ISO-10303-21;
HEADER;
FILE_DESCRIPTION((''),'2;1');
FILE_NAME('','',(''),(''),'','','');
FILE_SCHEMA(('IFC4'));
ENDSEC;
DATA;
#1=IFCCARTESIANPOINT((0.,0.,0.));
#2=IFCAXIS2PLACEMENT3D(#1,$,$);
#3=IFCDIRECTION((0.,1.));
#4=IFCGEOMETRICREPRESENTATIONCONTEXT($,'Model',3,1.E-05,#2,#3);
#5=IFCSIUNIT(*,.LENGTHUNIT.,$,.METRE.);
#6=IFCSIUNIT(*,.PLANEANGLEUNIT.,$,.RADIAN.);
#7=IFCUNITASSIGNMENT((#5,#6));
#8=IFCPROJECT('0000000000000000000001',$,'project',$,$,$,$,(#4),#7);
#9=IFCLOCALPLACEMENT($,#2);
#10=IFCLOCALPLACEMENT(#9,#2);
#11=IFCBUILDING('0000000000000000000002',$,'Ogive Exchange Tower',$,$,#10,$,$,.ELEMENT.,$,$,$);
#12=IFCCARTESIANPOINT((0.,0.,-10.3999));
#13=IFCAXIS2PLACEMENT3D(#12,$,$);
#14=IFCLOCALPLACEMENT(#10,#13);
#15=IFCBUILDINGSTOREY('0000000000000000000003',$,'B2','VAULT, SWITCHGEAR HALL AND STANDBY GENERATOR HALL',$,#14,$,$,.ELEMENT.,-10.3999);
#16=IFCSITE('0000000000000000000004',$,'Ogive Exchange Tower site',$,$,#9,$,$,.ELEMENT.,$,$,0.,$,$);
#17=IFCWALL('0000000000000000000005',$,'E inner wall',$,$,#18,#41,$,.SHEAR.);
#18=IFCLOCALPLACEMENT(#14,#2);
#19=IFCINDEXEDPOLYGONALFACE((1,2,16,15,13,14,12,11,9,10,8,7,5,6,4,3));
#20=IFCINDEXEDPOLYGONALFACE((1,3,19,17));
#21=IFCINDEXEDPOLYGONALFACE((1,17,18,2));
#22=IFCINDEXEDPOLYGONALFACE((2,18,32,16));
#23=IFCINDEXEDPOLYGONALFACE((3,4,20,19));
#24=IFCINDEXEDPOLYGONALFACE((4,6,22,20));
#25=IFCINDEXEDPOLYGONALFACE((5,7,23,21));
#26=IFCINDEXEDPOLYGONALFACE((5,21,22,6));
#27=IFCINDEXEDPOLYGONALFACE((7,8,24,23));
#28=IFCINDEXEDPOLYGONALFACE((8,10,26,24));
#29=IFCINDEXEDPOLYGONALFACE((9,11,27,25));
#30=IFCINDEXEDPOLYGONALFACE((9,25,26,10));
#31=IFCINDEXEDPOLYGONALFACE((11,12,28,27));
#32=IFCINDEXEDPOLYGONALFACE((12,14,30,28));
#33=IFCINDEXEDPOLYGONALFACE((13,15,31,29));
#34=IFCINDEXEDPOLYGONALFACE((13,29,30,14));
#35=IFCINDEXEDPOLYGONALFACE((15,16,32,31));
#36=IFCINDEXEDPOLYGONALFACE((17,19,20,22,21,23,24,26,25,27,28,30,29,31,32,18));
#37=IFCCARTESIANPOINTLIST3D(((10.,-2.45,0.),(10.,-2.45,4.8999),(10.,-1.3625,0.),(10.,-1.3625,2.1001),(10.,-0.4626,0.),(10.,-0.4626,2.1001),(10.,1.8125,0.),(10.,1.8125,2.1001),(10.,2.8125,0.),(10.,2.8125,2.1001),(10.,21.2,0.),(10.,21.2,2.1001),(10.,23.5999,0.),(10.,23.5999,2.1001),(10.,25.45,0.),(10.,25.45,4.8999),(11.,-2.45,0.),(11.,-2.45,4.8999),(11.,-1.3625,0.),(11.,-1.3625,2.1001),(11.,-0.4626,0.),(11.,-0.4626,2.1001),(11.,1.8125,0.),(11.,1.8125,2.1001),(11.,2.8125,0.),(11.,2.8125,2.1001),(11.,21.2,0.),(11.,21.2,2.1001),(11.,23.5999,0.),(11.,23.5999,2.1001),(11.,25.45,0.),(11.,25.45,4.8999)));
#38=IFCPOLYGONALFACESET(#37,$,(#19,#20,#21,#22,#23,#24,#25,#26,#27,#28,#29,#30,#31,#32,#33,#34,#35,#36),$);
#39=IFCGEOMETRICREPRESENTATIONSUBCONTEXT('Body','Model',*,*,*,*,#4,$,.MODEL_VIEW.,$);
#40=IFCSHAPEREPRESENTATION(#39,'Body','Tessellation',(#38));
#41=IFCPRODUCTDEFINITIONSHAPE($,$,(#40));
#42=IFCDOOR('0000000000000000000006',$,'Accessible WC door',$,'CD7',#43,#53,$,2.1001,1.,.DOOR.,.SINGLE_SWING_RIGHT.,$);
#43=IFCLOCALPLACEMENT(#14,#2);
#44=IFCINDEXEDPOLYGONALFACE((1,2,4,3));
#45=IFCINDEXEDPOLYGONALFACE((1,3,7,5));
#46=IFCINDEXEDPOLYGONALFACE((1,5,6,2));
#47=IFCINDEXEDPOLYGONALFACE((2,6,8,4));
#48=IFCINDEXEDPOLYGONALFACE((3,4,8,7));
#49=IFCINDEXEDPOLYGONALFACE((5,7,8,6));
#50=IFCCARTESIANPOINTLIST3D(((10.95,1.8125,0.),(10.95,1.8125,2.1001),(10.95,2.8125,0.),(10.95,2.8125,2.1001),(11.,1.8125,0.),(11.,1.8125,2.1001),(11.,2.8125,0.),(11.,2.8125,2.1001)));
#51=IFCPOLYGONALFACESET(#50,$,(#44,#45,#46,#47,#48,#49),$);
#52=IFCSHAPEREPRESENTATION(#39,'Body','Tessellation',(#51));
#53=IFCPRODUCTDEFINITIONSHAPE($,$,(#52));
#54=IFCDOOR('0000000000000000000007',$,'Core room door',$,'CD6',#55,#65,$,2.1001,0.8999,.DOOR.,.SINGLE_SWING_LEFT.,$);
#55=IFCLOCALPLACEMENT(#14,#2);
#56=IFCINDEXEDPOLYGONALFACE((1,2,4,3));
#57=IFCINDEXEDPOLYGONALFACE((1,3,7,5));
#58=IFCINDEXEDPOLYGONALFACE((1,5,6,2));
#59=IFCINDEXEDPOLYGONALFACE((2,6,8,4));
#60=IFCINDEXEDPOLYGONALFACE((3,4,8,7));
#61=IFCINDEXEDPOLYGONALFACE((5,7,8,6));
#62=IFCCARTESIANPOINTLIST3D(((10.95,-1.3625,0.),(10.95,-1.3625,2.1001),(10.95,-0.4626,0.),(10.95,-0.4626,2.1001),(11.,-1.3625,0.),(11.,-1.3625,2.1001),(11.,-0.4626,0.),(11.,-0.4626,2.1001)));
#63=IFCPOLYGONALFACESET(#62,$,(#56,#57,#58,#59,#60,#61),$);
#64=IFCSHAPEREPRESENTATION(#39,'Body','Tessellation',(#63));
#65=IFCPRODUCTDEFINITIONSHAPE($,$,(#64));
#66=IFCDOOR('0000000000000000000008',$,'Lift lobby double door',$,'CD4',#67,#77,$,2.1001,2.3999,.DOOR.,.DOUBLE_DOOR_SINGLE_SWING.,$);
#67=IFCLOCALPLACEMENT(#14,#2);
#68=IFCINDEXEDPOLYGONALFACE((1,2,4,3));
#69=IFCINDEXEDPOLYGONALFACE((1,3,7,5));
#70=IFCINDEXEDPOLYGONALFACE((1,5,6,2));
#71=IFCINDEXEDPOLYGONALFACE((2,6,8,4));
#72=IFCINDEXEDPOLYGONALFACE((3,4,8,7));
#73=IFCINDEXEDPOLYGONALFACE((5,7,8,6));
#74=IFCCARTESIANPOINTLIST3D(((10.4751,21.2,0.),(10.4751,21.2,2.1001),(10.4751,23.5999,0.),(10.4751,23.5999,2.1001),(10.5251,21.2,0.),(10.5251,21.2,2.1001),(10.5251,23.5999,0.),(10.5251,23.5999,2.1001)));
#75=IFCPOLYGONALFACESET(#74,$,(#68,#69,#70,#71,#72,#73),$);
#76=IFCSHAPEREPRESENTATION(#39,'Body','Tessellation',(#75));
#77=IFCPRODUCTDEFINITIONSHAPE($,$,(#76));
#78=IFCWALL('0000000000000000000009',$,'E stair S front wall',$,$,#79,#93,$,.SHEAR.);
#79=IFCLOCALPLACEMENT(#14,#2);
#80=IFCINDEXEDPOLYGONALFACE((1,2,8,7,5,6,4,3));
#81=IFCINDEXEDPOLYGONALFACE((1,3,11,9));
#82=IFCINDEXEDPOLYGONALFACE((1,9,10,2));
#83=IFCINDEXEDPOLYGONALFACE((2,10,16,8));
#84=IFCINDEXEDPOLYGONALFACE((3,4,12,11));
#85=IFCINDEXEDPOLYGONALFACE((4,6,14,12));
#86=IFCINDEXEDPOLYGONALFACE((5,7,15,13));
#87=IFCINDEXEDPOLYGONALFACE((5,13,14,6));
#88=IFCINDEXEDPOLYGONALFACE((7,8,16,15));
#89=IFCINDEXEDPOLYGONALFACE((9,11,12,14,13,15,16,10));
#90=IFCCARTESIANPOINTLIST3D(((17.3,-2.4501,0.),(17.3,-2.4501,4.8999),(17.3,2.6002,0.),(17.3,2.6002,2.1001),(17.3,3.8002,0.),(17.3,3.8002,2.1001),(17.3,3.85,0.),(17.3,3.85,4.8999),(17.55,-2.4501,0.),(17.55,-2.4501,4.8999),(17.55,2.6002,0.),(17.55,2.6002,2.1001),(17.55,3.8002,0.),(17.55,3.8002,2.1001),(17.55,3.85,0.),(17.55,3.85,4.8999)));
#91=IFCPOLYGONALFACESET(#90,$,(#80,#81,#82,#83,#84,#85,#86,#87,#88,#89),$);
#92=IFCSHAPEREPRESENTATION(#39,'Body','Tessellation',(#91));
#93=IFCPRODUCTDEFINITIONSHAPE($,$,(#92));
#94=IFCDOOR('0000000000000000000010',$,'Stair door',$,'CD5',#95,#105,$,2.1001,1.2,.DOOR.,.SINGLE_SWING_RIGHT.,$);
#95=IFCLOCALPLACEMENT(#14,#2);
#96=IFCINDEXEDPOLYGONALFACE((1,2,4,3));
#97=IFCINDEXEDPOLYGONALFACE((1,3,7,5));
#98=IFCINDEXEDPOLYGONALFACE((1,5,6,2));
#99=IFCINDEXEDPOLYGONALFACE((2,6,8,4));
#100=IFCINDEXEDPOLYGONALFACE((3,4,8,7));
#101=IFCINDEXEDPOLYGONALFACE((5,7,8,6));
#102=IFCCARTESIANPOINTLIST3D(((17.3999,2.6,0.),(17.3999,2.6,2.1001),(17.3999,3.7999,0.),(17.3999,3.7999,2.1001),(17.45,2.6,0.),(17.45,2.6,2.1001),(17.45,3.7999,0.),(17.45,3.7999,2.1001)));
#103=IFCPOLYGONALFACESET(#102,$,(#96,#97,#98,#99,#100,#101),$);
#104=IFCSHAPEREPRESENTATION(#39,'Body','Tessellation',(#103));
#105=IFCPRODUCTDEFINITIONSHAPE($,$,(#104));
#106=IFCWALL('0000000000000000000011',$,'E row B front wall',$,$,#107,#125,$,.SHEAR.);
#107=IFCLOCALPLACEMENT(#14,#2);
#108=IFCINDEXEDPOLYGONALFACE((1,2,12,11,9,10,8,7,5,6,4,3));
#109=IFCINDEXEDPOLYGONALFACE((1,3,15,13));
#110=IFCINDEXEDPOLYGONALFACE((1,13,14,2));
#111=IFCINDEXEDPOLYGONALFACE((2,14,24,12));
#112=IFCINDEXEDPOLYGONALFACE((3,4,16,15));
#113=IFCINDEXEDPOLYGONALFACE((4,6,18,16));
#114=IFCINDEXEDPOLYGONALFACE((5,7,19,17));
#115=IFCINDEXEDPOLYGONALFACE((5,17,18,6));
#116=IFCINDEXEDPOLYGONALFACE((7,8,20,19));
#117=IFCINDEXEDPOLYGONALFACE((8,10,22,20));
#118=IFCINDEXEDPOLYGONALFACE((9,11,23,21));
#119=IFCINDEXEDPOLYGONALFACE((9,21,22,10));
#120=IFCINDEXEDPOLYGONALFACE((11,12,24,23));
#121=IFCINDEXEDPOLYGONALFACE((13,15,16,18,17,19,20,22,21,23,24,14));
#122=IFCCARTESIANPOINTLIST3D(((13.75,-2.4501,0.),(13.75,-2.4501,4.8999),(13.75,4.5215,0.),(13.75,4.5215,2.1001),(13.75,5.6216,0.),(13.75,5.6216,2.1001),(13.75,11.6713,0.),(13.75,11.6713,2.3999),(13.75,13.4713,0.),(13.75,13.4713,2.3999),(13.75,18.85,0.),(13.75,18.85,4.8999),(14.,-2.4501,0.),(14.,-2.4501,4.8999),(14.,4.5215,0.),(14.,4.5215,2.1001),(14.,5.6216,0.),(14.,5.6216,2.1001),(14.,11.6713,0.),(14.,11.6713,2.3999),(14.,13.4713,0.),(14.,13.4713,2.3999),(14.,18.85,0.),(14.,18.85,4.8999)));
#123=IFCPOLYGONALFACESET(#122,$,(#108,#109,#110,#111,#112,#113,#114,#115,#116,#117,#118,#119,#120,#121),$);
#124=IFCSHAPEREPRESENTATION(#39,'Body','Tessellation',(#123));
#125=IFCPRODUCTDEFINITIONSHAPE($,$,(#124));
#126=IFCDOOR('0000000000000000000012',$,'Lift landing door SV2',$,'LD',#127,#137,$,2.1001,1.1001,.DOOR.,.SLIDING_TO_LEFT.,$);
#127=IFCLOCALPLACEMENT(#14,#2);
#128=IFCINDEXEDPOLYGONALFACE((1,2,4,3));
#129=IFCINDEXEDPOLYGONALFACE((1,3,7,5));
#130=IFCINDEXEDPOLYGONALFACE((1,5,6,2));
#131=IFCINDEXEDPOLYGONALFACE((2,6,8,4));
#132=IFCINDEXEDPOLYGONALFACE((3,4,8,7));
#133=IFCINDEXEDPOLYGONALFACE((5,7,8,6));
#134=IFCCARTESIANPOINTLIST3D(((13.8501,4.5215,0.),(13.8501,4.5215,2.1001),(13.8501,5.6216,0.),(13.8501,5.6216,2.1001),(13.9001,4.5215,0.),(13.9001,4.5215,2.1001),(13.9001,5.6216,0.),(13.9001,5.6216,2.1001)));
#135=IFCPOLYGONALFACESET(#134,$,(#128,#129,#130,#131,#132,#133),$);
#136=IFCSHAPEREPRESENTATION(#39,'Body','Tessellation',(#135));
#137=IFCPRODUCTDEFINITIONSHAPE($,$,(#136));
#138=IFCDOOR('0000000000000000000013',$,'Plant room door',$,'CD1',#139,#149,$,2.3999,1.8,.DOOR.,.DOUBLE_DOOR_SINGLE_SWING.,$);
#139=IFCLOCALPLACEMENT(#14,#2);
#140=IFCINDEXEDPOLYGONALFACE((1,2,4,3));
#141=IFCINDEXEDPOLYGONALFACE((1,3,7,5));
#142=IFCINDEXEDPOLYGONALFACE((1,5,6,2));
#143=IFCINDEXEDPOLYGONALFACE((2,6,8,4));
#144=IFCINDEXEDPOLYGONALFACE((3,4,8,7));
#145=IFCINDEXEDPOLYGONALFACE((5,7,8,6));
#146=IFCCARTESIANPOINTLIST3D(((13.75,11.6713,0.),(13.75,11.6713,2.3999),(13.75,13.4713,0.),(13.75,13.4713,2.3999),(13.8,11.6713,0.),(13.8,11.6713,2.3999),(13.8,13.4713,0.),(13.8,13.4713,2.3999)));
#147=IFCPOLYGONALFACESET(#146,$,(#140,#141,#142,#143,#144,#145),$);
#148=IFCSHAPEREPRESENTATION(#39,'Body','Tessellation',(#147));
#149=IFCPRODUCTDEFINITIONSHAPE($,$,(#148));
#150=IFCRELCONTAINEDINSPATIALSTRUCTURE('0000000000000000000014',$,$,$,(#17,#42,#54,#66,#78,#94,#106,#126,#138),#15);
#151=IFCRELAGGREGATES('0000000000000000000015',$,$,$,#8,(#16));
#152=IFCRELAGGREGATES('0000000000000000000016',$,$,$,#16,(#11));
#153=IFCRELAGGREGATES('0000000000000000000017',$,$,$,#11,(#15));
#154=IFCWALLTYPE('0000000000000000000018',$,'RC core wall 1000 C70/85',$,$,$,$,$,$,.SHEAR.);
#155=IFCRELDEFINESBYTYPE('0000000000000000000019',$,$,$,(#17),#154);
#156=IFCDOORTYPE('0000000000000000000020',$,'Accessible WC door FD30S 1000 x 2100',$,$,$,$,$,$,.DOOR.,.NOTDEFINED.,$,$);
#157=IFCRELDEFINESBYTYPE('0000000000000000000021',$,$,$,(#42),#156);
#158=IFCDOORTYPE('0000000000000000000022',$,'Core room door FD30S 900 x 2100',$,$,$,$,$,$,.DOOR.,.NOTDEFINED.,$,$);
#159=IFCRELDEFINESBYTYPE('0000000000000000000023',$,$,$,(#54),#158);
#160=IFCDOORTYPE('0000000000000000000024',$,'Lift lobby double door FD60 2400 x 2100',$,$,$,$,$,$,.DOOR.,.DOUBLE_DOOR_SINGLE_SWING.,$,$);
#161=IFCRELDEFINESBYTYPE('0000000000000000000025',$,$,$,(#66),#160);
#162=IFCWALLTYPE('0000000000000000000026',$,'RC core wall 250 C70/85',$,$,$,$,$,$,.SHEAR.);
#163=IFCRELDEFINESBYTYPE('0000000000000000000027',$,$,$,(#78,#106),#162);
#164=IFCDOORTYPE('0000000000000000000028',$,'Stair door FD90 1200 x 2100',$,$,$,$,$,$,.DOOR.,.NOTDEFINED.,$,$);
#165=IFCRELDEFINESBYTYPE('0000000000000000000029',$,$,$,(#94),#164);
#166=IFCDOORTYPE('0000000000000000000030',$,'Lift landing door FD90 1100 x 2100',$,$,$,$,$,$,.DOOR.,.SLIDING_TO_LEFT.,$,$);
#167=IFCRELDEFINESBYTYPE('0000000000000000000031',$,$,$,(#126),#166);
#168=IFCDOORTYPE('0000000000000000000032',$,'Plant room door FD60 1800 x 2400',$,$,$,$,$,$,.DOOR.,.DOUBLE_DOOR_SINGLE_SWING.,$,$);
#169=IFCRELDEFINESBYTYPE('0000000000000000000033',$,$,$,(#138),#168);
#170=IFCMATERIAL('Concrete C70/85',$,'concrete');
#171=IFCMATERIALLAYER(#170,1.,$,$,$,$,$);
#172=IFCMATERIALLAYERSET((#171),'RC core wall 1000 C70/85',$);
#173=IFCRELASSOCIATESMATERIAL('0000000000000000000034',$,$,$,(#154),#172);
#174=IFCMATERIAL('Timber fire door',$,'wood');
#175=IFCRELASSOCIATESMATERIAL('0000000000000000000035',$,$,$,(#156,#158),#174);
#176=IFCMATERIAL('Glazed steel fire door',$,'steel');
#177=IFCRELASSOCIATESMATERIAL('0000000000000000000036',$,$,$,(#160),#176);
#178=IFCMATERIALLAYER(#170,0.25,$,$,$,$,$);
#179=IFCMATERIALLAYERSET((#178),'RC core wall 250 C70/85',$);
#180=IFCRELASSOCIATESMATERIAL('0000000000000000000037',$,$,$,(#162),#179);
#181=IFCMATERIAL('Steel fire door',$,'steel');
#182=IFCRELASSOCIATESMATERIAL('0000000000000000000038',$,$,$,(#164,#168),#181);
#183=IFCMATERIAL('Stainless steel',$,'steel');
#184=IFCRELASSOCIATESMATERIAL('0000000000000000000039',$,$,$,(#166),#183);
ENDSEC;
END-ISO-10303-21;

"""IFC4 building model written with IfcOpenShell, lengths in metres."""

from ifc_helpers import new_model, si_unit, direction, frame, frame_2d, origin, place, context, subcontext, project, spatial, rectangle, extrude, material, layer, layer_set, type_object, element, fill, save


model = new_model("IFC4")

# Units and contexts
model_context = context("Model", 3, precision=1e-05, world=origin(), true_north=direction((0.0, 1.0)))
body_context = subcontext(model_context, "Body", "Model", "MODEL_VIEW")
ifc_project = project(units=[si_unit("LENGTHUNIT", "METRE"), si_unit("PLANEANGLEUNIT", "RADIAN")], contexts=[model_context])

# Site, building, storey
site_placement = place(None, origin())
site = spatial("IfcSite", under=ifc_project, at=site_placement, Name="Ogive Exchange Tower site", CompositionType="ELEMENT", RefElevation=0.0)
building_placement = place(site_placement, origin())
building = spatial("IfcBuilding", under=site, at=building_placement, Name="Ogive Exchange Tower", CompositionType="ELEMENT")
storey_placement = place(building_placement, frame((0.0, 0.0, -10.3999)))
storey = spatial("IfcBuildingStorey", under=building, at=storey_placement, Name="B2", Description="VAULT, SWITCHGEAR HALL AND STANDBY GENERATOR HALL", CompositionType="ELEMENT", Elevation=-10.3999)

# Wall, openings, doors
ifc_material_1 = material(Name="Concrete C70/85", Category="concrete")
ifc_layer_1 = layer(ifc_material_1, 1.0)
ifc_layer_set_1 = layer_set([ifc_layer_1], Name="RC core wall 1000 C70/85")
wall_type_1 = type_object("IfcWallType", Name="RC core wall 1000 C70/85", PredefinedType="SHEAR", material=ifc_layer_set_1)
wall_1_placement = place(storey_placement, frame((10.5, -2.45, 0.0), z_axis=(0.0, 0.0, 1.0), x_axis=(0.0, 1.0, 0.0)))
wall_1 = element("IfcWall", 1, at=wall_1_placement, inside=storey, type_object=wall_type_1, Name="E inner wall", PredefinedType="SHEAR", context=body_context, shape_type="SweptSolid", body=[
    extrude(rectangle(XDim=27.8999, YDim=1.0, at=frame_2d((13.95, 0.0))), origin(), (0.0, 0.0, 1.0), 4.8999),
])
opening_1_placement = place(wall_1_placement, frame((23.6499, 0.0, 0.0)))
opening_1 = element("IfcOpeningElement", 2, at=opening_1_placement, cuts=wall_1, PredefinedType="OPENING", context=body_context, shape_type="SweptSolid", body=[
    extrude(rectangle(XDim=2.3999, YDim=2.1001, at=frame_2d((1.2, 1.05))), frame((0.0, 0.51, 0.0), z_axis=(0.0, -1.0, 0.0), x_axis=(1.0, 0.0, 0.0)), (0.0, 0.0, 1.0), 1.02),
])
opening_2_placement = place(wall_1_placement, frame((1.0874, 0.0, 0.0)))
opening_2 = element("IfcOpeningElement", 3, at=opening_2_placement, cuts=wall_1, PredefinedType="OPENING", context=body_context, shape_type="SweptSolid", body=[
    extrude(rectangle(XDim=0.8999, YDim=2.1001, at=frame_2d((0.45, 1.05))), frame((0.0, 0.51, 0.0), z_axis=(0.0, -1.0, 0.0), x_axis=(1.0, 0.0, 0.0)), (0.0, 0.0, 1.0), 1.02),
])
opening_3_placement = place(wall_1_placement, frame((4.2625, 0.0, 0.0)))
opening_3 = element("IfcOpeningElement", 4, at=opening_3_placement, cuts=wall_1, PredefinedType="OPENING", context=body_context, shape_type="SweptSolid", body=[
    extrude(rectangle(XDim=1.0, YDim=2.1001, at=frame_2d((0.5, 1.05))), frame((0.0, 0.51, 0.0), z_axis=(0.0, -1.0, 0.0), x_axis=(1.0, 0.0, 0.0)), (0.0, 0.0, 1.0), 1.02),
])
ifc_material_2 = material(Name="Timber fire door", Category="wood")
door_type_1 = type_object("IfcDoorType", Name="Accessible WC door FD30S 1000 x 2100", OperationType="NOTDEFINED", PredefinedType="DOOR", material=ifc_material_2)
door_1_placement = place(opening_3_placement, frame((1.0, -0.9502, 0.0), z_axis=(0.0, 0.0, 1.0), x_axis=(-1.0, 0.0, 0.0)))
door_1 = element("IfcDoor", 5, at=door_1_placement, inside=storey, type_object=door_type_1, Name="Accessible WC door", ObjectType="CD7", OperationType="SINGLE_SWING_RIGHT", OverallHeight=2.1001, OverallWidth=1.0, PredefinedType="DOOR", context=body_context, shape_type="SweptSolid", body=[
    extrude(rectangle(XDim=1.0, YDim=2.1001, at=frame_2d((0.5, 1.05))), frame((0.0, -0.4502, 0.0), z_axis=(0.0, -1.0, 0.0), x_axis=(1.0, 0.0, 0.0)), (0.0, 0.0, 1.0), 0.05),
])
fill(opening_3, door_1)
door_type_2 = type_object("IfcDoorType", Name="Core room door FD30S 900 x 2100", OperationType="NOTDEFINED", PredefinedType="DOOR", material=ifc_material_2)
door_2_placement = place(opening_2_placement, frame((0.8999, -0.9502, 0.0), z_axis=(0.0, 0.0, 1.0), x_axis=(-1.0, 0.0, 0.0)))
door_2 = element("IfcDoor", 6, at=door_2_placement, inside=storey, type_object=door_type_2, Name="Core room door", ObjectType="CD6", OperationType="SINGLE_SWING_LEFT", OverallHeight=2.1001, OverallWidth=0.8999, PredefinedType="DOOR", context=body_context, shape_type="SweptSolid", body=[
    extrude(rectangle(XDim=0.8999, YDim=2.1001, at=frame_2d((0.45, 1.05))), frame((0.0, -0.4502, 0.0), z_axis=(0.0, -1.0, 0.0), x_axis=(1.0, 0.0, 0.0)), (0.0, 0.0, 1.0), 0.05),
])
fill(opening_2, door_2)
ifc_material_3 = material(Name="Glazed steel fire door", Category="steel")
door_type_3 = type_object("IfcDoorType", Name="Lift lobby double door FD60 2400 x 2100", OperationType="DOUBLE_DOOR_SINGLE_SWING", PredefinedType="DOOR", material=ifc_material_3)
door_3_placement = place(opening_1_placement, origin())
door_3 = element("IfcDoor", 7, at=door_3_placement, inside=storey, type_object=door_type_3, Name="Lift lobby double door", ObjectType="CD4", OperationType="DOUBLE_DOOR_SINGLE_SWING", OverallHeight=2.1001, OverallWidth=2.3999, PredefinedType="DOOR", context=body_context, shape_type="SweptSolid", body=[
    extrude(rectangle(XDim=2.3999, YDim=2.1001, at=frame_2d((1.2, 1.05))), frame((0.0, 0.0249, 0.0), z_axis=(0.0, -1.0, 0.0), x_axis=(1.0, 0.0, 0.0)), (0.0, 0.0, 1.0), 0.05),
])
fill(opening_1, door_3)

# Wall, opening, door
ifc_layer_2 = layer(ifc_material_1, 0.25)
ifc_layer_set_2 = layer_set([ifc_layer_2], Name="RC core wall 250 C70/85")
wall_type_2 = type_object("IfcWallType", Name="RC core wall 250 C70/85", PredefinedType="SHEAR", material=ifc_layer_set_2)
wall_2_placement = place(storey_placement, frame((17.425, -2.45, 0.0), z_axis=(0.0, 0.0, 1.0), x_axis=(0.0, 1.0, 0.0)))
wall_2 = element("IfcWall", 8, at=wall_2_placement, inside=storey, type_object=wall_type_2, Name="E stair S front wall", PredefinedType="SHEAR", context=body_context, shape_type="SweptSolid", body=[
    extrude(rectangle(XDim=6.3, YDim=0.25, at=frame_2d((3.1499, 0.0))), origin(), (0.0, 0.0, 1.0), 4.8999),
])
opening_4_placement = place(wall_2_placement, frame((5.05, 0.0, 0.0)))
opening_4 = element("IfcOpeningElement", 9, at=opening_4_placement, cuts=wall_2, PredefinedType="OPENING", context=body_context, shape_type="SweptSolid", body=[
    extrude(rectangle(XDim=1.2, YDim=2.1001, at=frame_2d((0.6001, 1.05))), frame((0.0, 0.135, 0.0), z_axis=(0.0, -1.0, 0.0), x_axis=(1.0, 0.0, 0.0)), (0.0, 0.0, 1.0), 0.27),
])
ifc_material_4 = material(Name="Steel fire door", Category="steel")
door_type_4 = type_object("IfcDoorType", Name="Stair door FD90 1200 x 2100", OperationType="NOTDEFINED", PredefinedType="DOOR", material=ifc_material_4)
door_4_placement = place(opening_4_placement, frame((1.2, 0.0, 0.0), z_axis=(0.0, 0.0, 1.0), x_axis=(-1.0, 0.0, 0.0)))
door_4 = element("IfcDoor", 10, at=door_4_placement, inside=storey, type_object=door_type_4, Name="Stair door", ObjectType="CD5", OperationType="SINGLE_SWING_RIGHT", OverallHeight=2.1001, OverallWidth=1.2, PredefinedType="DOOR", context=body_context, shape_type="SweptSolid", body=[
    extrude(rectangle(XDim=1.2, YDim=2.1001, at=frame_2d((0.6001, 1.05))), frame((0.0, 0.0249, 0.0), z_axis=(0.0, -1.0, 0.0), x_axis=(1.0, 0.0, 0.0)), (0.0, 0.0, 1.0), 0.05),
])
fill(opening_4, door_4)

# Wall, openings, doors
wall_3_placement = place(storey_placement, frame((13.875, -2.45, 0.0), z_axis=(0.0, 0.0, 1.0), x_axis=(0.0, 1.0, 0.0)))
wall_3 = element("IfcWall", 11, at=wall_3_placement, inside=storey, type_object=wall_type_2, Name="E row B front wall", PredefinedType="SHEAR", context=body_context, shape_type="SweptSolid", body=[
    extrude(rectangle(XDim=21.3, YDim=0.25, at=frame_2d((10.6499, 0.0))), origin(), (0.0, 0.0, 1.0), 4.8999),
])
opening_5_placement = place(wall_3_placement, frame((14.1213, 0.0, 0.0)))
opening_5 = element("IfcOpeningElement", 12, at=opening_5_placement, cuts=wall_3, PredefinedType="OPENING", context=body_context, shape_type="SweptSolid", body=[
    extrude(rectangle(XDim=1.8, YDim=2.3999, at=frame_2d((0.8999, 1.2))), frame((0.0, 0.135, 0.0), z_axis=(0.0, -1.0, 0.0), x_axis=(1.0, 0.0, 0.0)), (0.0, 0.0, 1.0), 0.27),
])
opening_6_placement = place(wall_3_placement, frame((6.9714, 0.0, 0.0)))
opening_6 = element("IfcOpeningElement", 13, at=opening_6_placement, cuts=wall_3, PredefinedType="OPENING", context=body_context, shape_type="SweptSolid", body=[
    extrude(rectangle(XDim=1.1001, YDim=2.1001, at=frame_2d((0.55, 1.05))), frame((0.0, 0.135, 0.0), z_axis=(0.0, -1.0, 0.0), x_axis=(1.0, 0.0, 0.0)), (0.0, 0.0, 1.0), 0.27),
])
ifc_material_5 = material(Name="Stainless steel", Category="steel")
door_type_5 = type_object("IfcDoorType", Name="Lift landing door FD90 1100 x 2100", OperationType="SLIDING_TO_LEFT", PredefinedType="DOOR", material=ifc_material_5)
door_5_placement = place(opening_6_placement, origin())
door_5 = element("IfcDoor", 14, at=door_5_placement, inside=storey, type_object=door_type_5, Name="Lift landing door SV2", ObjectType="LD", OperationType="SLIDING_TO_LEFT", OverallHeight=2.1001, OverallWidth=1.1001, PredefinedType="DOOR", context=body_context, shape_type="SweptSolid", body=[
    extrude(rectangle(XDim=1.1001, YDim=2.1001, at=frame_2d((0.55, 1.05))), frame((0.0, 0.0249, 0.0), z_axis=(0.0, -1.0, 0.0), x_axis=(1.0, 0.0, 0.0)), (0.0, 0.0, 1.0), 0.05),
])
fill(opening_6, door_5)
door_type_6 = type_object("IfcDoorType", Name="Plant room door FD60 1800 x 2400", OperationType="DOUBLE_DOOR_SINGLE_SWING", PredefinedType="DOOR", material=ifc_material_4)
door_6_placement = place(opening_5_placement, origin())
door_6 = element("IfcDoor", 15, at=door_6_placement, inside=storey, type_object=door_type_6, Name="Plant room door", ObjectType="CD1", OperationType="DOUBLE_DOOR_SINGLE_SWING", OverallHeight=2.3999, OverallWidth=1.8, PredefinedType="DOOR", context=body_context, shape_type="SweptSolid", body=[
    extrude(rectangle(XDim=1.8, YDim=2.3999, at=frame_2d((0.8999, 1.2))), frame((0.0, 0.125, 0.0), z_axis=(0.0, -1.0, 0.0), x_axis=(1.0, 0.0, 0.0)), (0.0, 0.0, 1.0), 0.05),
])
fill(opening_5, door_6)

save(model, "model.ifc")
